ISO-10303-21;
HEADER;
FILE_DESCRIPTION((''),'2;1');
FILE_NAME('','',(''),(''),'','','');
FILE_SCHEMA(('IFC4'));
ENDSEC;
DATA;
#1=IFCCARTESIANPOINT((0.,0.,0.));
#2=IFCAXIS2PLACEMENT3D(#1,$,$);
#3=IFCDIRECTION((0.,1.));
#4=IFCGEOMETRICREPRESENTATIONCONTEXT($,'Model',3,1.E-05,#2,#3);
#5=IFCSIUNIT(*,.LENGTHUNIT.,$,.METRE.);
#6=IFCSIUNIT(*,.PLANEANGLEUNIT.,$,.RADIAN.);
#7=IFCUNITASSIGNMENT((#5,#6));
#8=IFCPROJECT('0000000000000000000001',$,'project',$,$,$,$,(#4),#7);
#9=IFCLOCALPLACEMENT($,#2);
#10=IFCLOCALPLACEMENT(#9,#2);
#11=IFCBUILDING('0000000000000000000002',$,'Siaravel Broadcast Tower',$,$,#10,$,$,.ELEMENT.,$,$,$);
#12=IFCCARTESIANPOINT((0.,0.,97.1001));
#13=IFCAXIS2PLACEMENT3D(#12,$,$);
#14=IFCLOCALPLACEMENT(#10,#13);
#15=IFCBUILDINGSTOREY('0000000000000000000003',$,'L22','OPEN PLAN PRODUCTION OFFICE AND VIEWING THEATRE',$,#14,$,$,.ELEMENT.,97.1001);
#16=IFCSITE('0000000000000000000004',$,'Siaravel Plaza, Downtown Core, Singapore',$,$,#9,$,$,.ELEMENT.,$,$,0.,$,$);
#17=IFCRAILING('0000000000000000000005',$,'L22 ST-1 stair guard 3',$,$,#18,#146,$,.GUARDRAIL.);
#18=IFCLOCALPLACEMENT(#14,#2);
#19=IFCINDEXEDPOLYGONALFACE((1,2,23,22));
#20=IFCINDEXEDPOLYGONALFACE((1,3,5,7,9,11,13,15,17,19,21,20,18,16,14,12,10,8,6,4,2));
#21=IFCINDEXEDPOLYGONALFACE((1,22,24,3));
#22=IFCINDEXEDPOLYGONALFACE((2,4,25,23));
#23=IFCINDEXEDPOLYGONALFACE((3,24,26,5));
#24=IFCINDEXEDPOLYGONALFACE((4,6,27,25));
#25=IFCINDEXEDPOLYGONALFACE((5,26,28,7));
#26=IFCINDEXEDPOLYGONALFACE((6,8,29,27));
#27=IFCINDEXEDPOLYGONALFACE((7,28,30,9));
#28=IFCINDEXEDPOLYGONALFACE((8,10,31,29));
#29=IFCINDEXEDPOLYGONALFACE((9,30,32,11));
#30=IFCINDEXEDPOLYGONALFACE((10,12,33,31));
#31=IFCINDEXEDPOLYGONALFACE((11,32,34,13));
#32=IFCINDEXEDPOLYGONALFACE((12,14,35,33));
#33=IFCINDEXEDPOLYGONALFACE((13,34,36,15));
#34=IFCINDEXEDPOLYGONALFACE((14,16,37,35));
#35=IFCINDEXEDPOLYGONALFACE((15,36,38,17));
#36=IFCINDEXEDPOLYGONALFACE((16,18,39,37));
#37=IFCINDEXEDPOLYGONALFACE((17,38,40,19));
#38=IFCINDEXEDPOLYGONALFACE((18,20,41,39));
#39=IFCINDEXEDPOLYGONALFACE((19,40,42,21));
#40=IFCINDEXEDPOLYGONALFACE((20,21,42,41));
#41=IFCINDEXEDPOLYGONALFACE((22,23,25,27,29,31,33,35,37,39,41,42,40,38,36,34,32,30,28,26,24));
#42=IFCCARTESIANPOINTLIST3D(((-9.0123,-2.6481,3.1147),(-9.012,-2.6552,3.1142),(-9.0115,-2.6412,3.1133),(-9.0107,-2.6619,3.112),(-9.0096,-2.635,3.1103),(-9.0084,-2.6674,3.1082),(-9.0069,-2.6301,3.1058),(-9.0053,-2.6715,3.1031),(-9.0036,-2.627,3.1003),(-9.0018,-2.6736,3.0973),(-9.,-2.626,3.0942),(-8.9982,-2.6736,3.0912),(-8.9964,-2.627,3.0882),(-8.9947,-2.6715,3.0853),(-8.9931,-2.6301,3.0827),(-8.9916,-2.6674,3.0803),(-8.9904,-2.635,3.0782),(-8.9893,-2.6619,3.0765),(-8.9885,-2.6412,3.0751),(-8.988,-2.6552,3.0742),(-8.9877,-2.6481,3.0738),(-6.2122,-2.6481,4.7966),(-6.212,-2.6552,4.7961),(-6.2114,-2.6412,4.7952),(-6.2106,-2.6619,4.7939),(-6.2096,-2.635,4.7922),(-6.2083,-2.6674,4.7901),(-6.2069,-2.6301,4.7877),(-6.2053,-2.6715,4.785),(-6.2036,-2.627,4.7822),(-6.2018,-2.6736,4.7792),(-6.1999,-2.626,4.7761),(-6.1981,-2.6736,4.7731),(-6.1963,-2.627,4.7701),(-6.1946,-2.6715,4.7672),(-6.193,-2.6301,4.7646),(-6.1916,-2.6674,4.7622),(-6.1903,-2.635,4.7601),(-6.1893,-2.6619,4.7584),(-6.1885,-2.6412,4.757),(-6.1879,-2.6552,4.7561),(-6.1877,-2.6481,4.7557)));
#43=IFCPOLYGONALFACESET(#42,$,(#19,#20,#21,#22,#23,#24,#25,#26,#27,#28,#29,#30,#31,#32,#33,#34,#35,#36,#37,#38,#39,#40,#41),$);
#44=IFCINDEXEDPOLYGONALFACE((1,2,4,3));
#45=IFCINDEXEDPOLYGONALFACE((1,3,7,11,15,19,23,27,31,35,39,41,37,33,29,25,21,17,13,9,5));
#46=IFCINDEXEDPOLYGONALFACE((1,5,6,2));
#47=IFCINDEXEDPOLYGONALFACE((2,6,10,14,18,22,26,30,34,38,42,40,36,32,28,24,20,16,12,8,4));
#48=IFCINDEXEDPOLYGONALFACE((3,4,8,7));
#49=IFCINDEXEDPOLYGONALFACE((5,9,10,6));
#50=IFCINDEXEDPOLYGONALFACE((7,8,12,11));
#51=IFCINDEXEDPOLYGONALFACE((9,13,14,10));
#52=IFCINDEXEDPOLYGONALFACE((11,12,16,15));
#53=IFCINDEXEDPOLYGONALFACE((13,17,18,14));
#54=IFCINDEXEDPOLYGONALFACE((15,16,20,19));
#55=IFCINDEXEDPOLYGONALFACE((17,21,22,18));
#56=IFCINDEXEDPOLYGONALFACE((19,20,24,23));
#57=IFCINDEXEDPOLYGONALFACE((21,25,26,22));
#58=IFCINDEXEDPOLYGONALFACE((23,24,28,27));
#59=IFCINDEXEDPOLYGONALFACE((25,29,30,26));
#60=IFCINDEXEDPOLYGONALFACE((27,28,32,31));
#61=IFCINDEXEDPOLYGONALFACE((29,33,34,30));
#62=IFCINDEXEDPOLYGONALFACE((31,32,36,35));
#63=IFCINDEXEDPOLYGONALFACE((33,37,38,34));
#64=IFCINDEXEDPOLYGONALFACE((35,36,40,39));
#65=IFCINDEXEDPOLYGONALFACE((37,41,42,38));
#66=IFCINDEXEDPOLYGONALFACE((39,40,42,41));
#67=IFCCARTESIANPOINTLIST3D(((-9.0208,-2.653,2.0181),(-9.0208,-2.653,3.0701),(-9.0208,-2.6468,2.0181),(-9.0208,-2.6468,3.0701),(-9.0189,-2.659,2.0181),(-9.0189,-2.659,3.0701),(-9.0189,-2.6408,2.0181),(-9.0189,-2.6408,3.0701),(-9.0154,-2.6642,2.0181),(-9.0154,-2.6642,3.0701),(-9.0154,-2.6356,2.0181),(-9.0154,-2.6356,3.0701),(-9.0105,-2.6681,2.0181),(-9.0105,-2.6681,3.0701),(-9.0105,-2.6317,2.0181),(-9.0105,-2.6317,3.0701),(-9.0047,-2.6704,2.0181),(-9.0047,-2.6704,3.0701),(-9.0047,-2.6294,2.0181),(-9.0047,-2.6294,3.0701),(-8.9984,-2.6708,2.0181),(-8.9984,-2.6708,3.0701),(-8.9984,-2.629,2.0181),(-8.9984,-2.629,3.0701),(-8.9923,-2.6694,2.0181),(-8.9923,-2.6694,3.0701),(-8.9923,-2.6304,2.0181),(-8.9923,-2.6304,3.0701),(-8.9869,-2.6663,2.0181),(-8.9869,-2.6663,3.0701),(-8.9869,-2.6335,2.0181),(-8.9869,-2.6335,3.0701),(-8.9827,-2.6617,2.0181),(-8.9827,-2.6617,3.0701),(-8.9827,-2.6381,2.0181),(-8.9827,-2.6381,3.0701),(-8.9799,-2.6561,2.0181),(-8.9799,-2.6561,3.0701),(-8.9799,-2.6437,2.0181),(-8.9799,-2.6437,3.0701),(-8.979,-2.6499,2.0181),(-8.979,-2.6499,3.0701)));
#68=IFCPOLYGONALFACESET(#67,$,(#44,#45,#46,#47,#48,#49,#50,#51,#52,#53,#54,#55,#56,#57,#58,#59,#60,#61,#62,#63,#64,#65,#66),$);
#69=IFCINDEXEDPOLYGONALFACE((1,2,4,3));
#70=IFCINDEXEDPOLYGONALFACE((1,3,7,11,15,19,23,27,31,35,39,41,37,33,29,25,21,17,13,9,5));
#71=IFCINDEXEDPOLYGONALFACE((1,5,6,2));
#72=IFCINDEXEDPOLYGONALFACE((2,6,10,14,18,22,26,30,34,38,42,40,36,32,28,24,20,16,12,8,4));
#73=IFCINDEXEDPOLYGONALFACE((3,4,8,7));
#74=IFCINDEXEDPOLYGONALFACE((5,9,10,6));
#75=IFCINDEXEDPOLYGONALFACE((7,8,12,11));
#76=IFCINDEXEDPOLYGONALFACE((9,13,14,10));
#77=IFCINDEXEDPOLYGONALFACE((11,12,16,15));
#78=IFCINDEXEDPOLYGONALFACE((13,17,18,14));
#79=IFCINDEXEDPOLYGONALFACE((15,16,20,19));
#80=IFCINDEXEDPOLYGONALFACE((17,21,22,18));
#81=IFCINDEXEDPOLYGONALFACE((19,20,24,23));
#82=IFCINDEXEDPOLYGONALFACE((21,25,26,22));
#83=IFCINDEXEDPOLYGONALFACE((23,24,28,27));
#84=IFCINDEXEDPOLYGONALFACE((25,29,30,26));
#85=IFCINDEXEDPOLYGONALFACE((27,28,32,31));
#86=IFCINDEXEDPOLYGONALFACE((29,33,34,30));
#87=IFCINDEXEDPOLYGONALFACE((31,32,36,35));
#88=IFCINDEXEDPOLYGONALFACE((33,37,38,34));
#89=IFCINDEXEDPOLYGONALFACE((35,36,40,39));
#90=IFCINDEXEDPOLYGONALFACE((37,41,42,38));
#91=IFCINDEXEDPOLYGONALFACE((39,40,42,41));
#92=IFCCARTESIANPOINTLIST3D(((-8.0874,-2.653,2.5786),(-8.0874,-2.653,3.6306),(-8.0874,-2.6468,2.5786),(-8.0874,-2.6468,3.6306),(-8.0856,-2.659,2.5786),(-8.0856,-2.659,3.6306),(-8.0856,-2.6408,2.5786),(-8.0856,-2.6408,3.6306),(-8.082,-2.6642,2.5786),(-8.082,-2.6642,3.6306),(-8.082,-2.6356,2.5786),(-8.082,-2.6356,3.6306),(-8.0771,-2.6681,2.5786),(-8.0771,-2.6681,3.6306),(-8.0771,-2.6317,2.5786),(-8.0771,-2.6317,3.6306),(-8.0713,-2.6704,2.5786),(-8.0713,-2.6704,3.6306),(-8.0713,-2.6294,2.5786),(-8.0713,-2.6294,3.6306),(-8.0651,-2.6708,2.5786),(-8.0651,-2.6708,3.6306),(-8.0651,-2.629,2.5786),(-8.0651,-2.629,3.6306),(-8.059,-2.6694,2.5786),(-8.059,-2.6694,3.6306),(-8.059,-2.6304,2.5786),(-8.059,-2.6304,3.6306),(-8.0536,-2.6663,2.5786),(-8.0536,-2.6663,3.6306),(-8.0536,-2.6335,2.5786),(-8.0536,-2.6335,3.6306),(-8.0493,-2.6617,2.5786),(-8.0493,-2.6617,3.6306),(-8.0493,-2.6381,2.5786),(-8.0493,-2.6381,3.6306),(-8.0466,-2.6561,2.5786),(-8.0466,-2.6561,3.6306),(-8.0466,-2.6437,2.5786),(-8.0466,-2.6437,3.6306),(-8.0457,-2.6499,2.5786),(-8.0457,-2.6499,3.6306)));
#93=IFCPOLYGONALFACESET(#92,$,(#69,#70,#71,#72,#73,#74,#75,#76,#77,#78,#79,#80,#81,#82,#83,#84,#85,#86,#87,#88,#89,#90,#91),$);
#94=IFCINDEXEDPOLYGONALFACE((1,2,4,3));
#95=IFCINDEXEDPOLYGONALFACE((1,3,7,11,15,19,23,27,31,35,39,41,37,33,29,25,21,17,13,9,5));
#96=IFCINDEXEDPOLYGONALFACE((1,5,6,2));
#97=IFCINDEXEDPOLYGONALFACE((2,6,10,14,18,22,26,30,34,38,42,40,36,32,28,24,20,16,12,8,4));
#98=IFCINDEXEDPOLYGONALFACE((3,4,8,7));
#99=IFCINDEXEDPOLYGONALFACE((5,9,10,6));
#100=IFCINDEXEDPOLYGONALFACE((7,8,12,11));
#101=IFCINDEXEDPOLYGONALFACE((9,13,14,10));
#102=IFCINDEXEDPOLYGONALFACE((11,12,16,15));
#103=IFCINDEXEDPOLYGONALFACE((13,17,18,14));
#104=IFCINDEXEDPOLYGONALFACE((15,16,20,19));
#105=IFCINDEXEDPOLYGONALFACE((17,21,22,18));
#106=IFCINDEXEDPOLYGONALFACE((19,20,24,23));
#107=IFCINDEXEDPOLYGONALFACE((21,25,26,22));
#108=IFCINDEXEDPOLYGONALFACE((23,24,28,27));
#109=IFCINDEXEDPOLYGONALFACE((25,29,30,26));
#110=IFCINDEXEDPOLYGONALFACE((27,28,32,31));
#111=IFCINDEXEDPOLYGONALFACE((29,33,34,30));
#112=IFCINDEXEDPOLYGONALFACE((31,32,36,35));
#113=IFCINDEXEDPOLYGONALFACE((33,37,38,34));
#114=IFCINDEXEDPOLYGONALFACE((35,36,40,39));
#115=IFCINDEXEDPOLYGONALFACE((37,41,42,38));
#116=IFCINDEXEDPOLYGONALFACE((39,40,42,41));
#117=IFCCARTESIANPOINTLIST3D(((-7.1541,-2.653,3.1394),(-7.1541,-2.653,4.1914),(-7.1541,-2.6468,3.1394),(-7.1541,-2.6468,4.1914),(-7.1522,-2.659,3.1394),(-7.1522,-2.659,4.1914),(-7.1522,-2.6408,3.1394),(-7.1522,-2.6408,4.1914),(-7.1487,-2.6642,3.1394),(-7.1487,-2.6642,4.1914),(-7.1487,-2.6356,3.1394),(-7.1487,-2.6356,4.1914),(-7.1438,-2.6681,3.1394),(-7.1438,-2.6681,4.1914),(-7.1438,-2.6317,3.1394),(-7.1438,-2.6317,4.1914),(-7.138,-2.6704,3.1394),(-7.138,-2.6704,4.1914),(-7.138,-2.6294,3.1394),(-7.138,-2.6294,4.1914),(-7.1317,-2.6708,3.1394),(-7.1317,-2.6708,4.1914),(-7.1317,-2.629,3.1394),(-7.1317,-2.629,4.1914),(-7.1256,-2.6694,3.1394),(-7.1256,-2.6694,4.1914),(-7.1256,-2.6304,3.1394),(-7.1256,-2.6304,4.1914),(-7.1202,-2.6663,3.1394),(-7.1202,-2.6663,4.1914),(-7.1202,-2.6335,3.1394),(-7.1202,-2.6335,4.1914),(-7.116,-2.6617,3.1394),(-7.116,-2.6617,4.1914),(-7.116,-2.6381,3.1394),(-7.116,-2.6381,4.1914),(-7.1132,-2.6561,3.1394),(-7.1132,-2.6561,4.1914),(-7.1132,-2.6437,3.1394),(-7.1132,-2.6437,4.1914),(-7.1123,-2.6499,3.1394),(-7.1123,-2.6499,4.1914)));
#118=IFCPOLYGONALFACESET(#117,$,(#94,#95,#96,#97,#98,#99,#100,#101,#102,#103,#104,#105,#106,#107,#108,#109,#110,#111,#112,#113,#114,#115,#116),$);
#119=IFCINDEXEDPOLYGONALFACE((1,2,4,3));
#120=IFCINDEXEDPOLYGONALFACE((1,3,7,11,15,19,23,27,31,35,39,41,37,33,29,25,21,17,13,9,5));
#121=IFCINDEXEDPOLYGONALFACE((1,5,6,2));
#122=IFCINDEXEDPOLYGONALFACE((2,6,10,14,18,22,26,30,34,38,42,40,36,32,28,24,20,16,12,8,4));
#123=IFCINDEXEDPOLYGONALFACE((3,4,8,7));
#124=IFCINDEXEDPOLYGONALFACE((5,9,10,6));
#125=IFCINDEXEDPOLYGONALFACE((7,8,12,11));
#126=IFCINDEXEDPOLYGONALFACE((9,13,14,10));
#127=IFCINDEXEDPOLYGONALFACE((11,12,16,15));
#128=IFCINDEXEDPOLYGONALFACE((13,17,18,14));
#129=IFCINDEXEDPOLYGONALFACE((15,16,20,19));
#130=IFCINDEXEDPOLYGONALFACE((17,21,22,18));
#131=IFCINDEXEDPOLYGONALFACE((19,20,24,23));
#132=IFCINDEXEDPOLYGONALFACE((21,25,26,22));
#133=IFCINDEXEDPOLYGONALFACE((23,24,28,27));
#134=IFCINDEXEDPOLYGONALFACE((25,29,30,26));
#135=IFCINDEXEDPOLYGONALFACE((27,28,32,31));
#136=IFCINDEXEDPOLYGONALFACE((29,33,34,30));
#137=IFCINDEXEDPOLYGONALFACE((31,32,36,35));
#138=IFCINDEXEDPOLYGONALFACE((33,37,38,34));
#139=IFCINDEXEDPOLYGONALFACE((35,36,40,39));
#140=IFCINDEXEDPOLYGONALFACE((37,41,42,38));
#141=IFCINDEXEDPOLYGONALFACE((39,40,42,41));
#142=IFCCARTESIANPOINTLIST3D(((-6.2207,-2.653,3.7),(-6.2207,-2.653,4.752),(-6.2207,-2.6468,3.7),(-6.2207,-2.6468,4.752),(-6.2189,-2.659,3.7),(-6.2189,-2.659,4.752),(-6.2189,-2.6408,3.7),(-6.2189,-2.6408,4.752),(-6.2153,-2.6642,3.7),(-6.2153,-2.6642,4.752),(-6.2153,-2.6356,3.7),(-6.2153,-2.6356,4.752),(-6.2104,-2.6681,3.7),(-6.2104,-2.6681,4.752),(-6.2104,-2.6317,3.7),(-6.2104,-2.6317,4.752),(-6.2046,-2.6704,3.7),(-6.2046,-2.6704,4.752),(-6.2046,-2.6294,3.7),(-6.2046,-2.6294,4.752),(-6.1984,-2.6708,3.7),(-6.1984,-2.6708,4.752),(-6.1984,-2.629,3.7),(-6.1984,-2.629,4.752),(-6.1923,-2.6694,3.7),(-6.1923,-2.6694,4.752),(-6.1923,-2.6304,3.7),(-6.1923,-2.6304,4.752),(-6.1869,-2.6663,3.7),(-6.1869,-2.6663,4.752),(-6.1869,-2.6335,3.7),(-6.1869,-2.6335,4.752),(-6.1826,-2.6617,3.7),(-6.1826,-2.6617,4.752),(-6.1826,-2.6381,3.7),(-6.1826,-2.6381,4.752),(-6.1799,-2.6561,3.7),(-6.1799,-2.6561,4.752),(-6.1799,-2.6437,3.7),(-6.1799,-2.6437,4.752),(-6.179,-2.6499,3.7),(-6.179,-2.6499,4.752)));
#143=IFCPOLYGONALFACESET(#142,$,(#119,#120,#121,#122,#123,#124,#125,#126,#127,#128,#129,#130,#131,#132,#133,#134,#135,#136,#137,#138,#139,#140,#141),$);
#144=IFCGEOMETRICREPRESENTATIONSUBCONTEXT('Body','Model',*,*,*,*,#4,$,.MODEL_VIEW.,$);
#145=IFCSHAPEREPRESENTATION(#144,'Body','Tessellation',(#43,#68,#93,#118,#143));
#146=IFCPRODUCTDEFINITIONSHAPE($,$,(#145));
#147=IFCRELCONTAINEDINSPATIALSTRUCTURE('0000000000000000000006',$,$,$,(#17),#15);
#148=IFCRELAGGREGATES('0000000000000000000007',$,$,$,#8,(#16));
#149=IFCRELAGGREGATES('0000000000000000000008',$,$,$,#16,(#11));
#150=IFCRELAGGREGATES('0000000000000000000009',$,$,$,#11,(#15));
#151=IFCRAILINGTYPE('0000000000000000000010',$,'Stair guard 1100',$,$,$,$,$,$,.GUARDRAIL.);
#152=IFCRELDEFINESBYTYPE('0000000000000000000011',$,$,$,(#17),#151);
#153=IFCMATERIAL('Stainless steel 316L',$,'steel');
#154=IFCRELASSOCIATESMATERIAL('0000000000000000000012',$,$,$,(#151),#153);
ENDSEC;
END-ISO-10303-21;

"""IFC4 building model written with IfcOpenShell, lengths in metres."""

from ifc_helpers import new_model, si_unit, direction, frame, origin, origin_2d, place, context, subcontext, project, spatial, circle, extrude, material, type_object, element, save


model = new_model("IFC4")

# Units and contexts
model_context = context("Model", 3, precision=1e-05, world=origin(), true_north=direction((0.0, 1.0)))
body_context = subcontext(model_context, "Body", "Model", "MODEL_VIEW")
ifc_project = project(units=[si_unit("LENGTHUNIT", "METRE"), si_unit("PLANEANGLEUNIT", "RADIAN")], contexts=[model_context])

# Site, building, storey
site_placement = place(None, origin())
site = spatial("IfcSite", under=ifc_project, at=site_placement, Name="Siaravel Plaza, Downtown Core, Singapore", CompositionType="ELEMENT", RefElevation=0.0)
building_placement = place(site_placement, origin())
building = spatial("IfcBuilding", under=site, at=building_placement, Name="Siaravel Broadcast Tower", CompositionType="ELEMENT")
storey_placement = place(building_placement, frame((0.0, 0.0, 97.1001)))
storey = spatial("IfcBuildingStorey", under=building, at=storey_placement, Name="L22", Description="OPEN PLAN PRODUCTION OFFICE AND VIEWING THEATRE", CompositionType="ELEMENT", Elevation=97.1001)

# Railing
ifc_material_1 = material(Name="Stainless steel 316L", Category="steel")
railing_type_1 = type_object("IfcRailingType", Name="Stair guard 1100", PredefinedType="GUARDRAIL", material=ifc_material_1)
railing_1_placement = place(storey_placement, frame((-9.0, -2.6499, 2.0181)))
element("IfcRailing", 1, at=railing_1_placement, inside=storey, type_object=railing_type_1, Name="L22 ST-1 stair guard 3", PredefinedType="GUARDRAIL", context=body_context, shape_type="SweptSolid", body=[
    extrude(circle(Radius=0.0239, at=origin_2d()), frame((0.0, 0.0, 1.0762), z_axis=(0.857242, 0.0, 0.514913), x_axis=(0.0, 1.0, 0.0)), (0.0, 0.0, 1.0), 3.2664),
    extrude(circle(Radius=0.021, at=origin_2d()), origin(), (0.0, 0.0, 1.0), 1.052),
    extrude(circle(Radius=0.021, at=origin_2d()), frame((0.9333, 0.0, 0.5605)), (0.0, 0.0, 1.0), 1.052),
    extrude(circle(Radius=0.021, at=origin_2d()), frame((1.8667, 0.0, 1.1213)), (0.0, 0.0, 1.0), 1.052),
    extrude(circle(Radius=0.021, at=origin_2d()), frame((2.8, 0.0, 1.6819)), (0.0, 0.0, 1.0), 1.052),
])

save(model, "model.ifc")
